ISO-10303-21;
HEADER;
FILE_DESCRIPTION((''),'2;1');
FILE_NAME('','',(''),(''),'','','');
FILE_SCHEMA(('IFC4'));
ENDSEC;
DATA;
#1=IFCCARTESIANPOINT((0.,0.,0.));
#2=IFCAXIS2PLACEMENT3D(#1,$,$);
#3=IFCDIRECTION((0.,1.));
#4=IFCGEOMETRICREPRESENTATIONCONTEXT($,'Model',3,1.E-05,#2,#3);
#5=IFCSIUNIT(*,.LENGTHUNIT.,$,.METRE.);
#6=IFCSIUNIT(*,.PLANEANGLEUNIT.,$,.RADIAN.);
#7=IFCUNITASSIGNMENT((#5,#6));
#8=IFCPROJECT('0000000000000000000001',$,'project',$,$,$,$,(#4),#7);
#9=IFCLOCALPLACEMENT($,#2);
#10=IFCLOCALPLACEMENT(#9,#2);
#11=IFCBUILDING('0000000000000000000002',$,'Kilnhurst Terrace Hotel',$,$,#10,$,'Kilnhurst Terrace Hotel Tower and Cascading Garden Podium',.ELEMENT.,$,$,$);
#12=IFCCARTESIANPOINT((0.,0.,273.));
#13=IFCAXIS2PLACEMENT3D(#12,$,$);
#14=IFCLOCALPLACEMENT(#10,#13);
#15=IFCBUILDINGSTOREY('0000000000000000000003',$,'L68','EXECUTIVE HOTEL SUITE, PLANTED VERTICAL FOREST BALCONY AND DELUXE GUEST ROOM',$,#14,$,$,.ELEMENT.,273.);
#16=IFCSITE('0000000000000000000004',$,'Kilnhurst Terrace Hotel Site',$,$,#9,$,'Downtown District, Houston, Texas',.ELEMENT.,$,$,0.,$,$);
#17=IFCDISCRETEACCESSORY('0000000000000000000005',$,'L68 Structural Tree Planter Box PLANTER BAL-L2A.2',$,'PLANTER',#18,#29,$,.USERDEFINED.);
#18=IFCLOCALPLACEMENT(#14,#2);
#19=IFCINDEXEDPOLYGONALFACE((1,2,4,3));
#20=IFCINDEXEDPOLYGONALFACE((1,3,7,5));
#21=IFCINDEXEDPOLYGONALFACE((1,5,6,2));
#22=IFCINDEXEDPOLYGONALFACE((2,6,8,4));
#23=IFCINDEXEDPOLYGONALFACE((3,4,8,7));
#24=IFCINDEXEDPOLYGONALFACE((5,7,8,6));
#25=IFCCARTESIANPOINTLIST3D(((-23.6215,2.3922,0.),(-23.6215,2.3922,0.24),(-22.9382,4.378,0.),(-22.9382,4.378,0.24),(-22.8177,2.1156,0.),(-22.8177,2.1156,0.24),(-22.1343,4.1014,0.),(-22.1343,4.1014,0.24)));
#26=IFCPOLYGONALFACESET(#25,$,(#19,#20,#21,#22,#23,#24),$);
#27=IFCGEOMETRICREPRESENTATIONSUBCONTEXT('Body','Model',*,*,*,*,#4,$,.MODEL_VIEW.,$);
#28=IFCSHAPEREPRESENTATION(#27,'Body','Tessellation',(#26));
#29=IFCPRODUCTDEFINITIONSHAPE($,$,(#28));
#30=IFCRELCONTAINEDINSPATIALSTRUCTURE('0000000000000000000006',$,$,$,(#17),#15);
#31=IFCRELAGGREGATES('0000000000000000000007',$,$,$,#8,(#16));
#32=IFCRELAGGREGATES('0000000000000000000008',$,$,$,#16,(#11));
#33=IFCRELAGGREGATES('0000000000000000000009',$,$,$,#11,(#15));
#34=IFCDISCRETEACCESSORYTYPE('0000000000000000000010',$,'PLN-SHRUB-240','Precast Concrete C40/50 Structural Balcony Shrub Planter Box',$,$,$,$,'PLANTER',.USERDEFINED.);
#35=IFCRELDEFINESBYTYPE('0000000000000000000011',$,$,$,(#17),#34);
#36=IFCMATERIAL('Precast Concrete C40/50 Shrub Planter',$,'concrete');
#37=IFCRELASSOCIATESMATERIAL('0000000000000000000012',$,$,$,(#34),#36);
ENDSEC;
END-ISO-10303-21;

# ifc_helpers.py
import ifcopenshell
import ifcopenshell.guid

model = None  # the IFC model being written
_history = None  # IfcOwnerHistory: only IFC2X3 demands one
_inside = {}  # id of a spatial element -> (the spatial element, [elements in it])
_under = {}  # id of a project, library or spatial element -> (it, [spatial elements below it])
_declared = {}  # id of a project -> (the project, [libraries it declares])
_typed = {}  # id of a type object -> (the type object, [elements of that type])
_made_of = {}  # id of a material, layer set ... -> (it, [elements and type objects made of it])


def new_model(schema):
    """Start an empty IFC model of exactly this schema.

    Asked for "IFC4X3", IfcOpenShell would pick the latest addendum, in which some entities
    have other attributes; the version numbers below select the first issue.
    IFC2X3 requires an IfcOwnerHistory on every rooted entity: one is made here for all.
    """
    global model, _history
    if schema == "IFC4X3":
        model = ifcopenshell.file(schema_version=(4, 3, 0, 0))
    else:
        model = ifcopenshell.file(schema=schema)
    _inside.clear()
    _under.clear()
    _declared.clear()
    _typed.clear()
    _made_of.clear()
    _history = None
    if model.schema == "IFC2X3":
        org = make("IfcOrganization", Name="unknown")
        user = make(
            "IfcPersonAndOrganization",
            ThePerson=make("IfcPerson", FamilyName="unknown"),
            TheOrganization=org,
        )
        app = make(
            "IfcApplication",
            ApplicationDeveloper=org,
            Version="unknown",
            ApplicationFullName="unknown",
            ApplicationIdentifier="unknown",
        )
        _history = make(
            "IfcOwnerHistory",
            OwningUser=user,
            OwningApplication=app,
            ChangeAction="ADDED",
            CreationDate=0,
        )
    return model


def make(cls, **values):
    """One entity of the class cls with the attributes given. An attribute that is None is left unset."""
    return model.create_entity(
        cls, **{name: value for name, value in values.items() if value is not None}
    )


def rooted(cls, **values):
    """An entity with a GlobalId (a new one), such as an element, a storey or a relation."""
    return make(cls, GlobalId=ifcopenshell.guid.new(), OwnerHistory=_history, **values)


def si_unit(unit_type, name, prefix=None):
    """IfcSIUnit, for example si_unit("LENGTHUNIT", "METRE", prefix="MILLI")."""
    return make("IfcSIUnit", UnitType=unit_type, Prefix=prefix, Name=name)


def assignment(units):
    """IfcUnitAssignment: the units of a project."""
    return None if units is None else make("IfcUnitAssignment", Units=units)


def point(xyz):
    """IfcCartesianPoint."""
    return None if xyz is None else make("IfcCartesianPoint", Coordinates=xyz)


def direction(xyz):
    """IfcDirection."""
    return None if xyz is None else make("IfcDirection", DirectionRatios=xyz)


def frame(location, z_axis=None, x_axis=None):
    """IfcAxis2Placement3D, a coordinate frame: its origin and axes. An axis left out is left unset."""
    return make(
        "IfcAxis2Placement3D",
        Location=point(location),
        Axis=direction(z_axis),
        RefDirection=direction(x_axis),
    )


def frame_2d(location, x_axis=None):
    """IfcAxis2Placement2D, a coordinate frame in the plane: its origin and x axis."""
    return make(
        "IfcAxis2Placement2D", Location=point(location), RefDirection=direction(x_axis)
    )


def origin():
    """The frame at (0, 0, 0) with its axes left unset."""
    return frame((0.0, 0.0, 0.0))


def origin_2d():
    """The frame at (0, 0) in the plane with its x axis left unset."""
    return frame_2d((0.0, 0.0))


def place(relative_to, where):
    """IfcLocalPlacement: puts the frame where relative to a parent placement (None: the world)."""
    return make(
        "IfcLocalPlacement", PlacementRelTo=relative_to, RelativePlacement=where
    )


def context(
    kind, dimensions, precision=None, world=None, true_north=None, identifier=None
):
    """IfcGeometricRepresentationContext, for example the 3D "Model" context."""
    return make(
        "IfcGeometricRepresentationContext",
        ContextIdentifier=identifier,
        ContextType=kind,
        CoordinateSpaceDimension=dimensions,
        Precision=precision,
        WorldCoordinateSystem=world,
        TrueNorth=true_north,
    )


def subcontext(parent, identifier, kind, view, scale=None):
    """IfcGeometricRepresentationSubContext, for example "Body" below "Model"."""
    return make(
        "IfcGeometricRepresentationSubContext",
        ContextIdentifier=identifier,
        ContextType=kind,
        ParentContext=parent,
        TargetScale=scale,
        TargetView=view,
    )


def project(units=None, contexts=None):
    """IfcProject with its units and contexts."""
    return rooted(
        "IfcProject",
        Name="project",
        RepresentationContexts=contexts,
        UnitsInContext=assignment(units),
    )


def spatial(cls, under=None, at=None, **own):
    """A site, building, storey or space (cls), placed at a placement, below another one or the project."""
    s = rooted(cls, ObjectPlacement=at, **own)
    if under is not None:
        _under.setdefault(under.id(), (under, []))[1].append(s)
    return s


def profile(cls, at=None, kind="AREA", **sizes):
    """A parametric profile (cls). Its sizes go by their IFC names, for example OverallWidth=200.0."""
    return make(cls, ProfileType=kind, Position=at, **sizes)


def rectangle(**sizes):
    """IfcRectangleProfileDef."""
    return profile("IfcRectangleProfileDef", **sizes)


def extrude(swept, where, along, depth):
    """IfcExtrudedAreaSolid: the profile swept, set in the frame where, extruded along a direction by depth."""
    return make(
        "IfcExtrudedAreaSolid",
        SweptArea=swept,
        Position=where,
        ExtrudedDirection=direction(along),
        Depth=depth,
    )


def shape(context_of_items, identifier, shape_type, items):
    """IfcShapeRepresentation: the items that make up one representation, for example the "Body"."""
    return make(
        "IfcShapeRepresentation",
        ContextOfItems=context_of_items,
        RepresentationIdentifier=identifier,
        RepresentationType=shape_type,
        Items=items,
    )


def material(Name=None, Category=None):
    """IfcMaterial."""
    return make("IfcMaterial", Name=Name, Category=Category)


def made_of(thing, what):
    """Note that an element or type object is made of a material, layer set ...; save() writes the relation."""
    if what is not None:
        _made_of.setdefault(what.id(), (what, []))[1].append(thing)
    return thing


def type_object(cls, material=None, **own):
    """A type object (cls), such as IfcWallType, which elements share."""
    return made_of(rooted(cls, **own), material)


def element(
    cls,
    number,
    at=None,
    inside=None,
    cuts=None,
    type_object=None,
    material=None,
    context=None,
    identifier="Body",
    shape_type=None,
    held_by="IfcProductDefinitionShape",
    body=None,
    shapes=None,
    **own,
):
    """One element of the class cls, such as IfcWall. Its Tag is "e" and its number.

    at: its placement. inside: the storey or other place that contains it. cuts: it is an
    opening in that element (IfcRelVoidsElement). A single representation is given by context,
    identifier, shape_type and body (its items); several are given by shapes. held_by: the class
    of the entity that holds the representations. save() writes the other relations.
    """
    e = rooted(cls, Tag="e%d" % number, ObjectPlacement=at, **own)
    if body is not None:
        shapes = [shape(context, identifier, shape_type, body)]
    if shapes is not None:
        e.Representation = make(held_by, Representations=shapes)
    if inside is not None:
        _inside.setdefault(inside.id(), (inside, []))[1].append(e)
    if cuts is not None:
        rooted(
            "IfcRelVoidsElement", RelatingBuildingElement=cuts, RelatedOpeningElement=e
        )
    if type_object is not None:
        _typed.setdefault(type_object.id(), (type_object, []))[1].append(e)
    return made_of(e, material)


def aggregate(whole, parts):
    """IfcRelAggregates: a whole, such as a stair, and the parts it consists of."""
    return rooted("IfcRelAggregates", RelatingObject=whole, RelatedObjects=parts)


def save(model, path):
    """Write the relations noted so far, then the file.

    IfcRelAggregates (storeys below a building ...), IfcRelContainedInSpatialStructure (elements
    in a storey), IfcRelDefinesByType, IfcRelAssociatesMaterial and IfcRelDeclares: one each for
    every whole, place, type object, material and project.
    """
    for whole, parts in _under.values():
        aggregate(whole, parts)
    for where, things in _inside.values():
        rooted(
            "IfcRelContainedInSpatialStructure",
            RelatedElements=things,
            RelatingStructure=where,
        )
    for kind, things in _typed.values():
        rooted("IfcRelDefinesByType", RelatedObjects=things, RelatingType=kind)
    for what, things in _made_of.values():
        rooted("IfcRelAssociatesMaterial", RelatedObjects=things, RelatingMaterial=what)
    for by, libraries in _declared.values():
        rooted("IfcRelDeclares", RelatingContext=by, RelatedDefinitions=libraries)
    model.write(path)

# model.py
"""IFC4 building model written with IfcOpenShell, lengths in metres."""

from ifc_helpers import new_model, si_unit, direction, frame, origin, origin_2d, place, context, subcontext, project, spatial, rectangle, extrude, material, type_object, element, save


model = new_model("IFC4")

# Units and contexts
model_context = context("Model", 3, precision=1e-05, world=origin(), true_north=direction((0.0, 1.0)))
body_context = subcontext(model_context, "Body", "Model", "MODEL_VIEW")
ifc_project = project(units=[si_unit("LENGTHUNIT", "METRE"), si_unit("PLANEANGLEUNIT", "RADIAN")], contexts=[model_context])

# Site, building, storey
site_placement = place(None, origin())
site = spatial("IfcSite", under=ifc_project, at=site_placement, Name="Kilnhurst Terrace Hotel Site", LongName="Downtown District, Houston, Texas", CompositionType="ELEMENT", RefElevation=0.0)
building_placement = place(site_placement, origin())
building = spatial("IfcBuilding", under=site, at=building_placement, Name="Kilnhurst Terrace Hotel", LongName="Kilnhurst Terrace Hotel Tower and Cascading Garden Podium", CompositionType="ELEMENT")
storey_placement = place(building_placement, frame((0.0, 0.0, 273.0)))
storey = spatial("IfcBuildingStorey", under=building, at=storey_placement, Name="L68", Description="EXECUTIVE HOTEL SUITE, PLANTED VERTICAL FOREST BALCONY AND DELUXE GUEST ROOM", CompositionType="ELEMENT", Elevation=273.0)

# Discrete accessory
ifc_material_1 = material(Name="Precast Concrete C40/50 Shrub Planter", Category="concrete")
discrete_accessory_type = type_object("IfcDiscreteAccessoryType", Name="PLN-SHRUB-240", Description="Precast Concrete C40/50 Structural Balcony Shrub Planter Box", ElementType="PLANTER", PredefinedType="USERDEFINED", material=ifc_material_1)
discrete_accessory_placement = place(storey_placement, frame((-22.8779, 3.2468, 0.0), z_axis=(0.0, 0.0, 1.0), x_axis=(-0.325403, -0.945575, 0.0)))
element("IfcDiscreteAccessory", 1, at=discrete_accessory_placement, inside=storey, type_object=discrete_accessory_type, Name="L68 Structural Tree Planter Box PLANTER BAL-L2A.2", ObjectType="PLANTER", PredefinedType="USERDEFINED", context=body_context, shape_type="SweptSolid", body=[
    extrude(rectangle(XDim=2.1001, YDim=0.8501, at=origin_2d()), origin(), (0.0, 0.0, 1.0), 0.24),
])

save(model, "model.ifc")
